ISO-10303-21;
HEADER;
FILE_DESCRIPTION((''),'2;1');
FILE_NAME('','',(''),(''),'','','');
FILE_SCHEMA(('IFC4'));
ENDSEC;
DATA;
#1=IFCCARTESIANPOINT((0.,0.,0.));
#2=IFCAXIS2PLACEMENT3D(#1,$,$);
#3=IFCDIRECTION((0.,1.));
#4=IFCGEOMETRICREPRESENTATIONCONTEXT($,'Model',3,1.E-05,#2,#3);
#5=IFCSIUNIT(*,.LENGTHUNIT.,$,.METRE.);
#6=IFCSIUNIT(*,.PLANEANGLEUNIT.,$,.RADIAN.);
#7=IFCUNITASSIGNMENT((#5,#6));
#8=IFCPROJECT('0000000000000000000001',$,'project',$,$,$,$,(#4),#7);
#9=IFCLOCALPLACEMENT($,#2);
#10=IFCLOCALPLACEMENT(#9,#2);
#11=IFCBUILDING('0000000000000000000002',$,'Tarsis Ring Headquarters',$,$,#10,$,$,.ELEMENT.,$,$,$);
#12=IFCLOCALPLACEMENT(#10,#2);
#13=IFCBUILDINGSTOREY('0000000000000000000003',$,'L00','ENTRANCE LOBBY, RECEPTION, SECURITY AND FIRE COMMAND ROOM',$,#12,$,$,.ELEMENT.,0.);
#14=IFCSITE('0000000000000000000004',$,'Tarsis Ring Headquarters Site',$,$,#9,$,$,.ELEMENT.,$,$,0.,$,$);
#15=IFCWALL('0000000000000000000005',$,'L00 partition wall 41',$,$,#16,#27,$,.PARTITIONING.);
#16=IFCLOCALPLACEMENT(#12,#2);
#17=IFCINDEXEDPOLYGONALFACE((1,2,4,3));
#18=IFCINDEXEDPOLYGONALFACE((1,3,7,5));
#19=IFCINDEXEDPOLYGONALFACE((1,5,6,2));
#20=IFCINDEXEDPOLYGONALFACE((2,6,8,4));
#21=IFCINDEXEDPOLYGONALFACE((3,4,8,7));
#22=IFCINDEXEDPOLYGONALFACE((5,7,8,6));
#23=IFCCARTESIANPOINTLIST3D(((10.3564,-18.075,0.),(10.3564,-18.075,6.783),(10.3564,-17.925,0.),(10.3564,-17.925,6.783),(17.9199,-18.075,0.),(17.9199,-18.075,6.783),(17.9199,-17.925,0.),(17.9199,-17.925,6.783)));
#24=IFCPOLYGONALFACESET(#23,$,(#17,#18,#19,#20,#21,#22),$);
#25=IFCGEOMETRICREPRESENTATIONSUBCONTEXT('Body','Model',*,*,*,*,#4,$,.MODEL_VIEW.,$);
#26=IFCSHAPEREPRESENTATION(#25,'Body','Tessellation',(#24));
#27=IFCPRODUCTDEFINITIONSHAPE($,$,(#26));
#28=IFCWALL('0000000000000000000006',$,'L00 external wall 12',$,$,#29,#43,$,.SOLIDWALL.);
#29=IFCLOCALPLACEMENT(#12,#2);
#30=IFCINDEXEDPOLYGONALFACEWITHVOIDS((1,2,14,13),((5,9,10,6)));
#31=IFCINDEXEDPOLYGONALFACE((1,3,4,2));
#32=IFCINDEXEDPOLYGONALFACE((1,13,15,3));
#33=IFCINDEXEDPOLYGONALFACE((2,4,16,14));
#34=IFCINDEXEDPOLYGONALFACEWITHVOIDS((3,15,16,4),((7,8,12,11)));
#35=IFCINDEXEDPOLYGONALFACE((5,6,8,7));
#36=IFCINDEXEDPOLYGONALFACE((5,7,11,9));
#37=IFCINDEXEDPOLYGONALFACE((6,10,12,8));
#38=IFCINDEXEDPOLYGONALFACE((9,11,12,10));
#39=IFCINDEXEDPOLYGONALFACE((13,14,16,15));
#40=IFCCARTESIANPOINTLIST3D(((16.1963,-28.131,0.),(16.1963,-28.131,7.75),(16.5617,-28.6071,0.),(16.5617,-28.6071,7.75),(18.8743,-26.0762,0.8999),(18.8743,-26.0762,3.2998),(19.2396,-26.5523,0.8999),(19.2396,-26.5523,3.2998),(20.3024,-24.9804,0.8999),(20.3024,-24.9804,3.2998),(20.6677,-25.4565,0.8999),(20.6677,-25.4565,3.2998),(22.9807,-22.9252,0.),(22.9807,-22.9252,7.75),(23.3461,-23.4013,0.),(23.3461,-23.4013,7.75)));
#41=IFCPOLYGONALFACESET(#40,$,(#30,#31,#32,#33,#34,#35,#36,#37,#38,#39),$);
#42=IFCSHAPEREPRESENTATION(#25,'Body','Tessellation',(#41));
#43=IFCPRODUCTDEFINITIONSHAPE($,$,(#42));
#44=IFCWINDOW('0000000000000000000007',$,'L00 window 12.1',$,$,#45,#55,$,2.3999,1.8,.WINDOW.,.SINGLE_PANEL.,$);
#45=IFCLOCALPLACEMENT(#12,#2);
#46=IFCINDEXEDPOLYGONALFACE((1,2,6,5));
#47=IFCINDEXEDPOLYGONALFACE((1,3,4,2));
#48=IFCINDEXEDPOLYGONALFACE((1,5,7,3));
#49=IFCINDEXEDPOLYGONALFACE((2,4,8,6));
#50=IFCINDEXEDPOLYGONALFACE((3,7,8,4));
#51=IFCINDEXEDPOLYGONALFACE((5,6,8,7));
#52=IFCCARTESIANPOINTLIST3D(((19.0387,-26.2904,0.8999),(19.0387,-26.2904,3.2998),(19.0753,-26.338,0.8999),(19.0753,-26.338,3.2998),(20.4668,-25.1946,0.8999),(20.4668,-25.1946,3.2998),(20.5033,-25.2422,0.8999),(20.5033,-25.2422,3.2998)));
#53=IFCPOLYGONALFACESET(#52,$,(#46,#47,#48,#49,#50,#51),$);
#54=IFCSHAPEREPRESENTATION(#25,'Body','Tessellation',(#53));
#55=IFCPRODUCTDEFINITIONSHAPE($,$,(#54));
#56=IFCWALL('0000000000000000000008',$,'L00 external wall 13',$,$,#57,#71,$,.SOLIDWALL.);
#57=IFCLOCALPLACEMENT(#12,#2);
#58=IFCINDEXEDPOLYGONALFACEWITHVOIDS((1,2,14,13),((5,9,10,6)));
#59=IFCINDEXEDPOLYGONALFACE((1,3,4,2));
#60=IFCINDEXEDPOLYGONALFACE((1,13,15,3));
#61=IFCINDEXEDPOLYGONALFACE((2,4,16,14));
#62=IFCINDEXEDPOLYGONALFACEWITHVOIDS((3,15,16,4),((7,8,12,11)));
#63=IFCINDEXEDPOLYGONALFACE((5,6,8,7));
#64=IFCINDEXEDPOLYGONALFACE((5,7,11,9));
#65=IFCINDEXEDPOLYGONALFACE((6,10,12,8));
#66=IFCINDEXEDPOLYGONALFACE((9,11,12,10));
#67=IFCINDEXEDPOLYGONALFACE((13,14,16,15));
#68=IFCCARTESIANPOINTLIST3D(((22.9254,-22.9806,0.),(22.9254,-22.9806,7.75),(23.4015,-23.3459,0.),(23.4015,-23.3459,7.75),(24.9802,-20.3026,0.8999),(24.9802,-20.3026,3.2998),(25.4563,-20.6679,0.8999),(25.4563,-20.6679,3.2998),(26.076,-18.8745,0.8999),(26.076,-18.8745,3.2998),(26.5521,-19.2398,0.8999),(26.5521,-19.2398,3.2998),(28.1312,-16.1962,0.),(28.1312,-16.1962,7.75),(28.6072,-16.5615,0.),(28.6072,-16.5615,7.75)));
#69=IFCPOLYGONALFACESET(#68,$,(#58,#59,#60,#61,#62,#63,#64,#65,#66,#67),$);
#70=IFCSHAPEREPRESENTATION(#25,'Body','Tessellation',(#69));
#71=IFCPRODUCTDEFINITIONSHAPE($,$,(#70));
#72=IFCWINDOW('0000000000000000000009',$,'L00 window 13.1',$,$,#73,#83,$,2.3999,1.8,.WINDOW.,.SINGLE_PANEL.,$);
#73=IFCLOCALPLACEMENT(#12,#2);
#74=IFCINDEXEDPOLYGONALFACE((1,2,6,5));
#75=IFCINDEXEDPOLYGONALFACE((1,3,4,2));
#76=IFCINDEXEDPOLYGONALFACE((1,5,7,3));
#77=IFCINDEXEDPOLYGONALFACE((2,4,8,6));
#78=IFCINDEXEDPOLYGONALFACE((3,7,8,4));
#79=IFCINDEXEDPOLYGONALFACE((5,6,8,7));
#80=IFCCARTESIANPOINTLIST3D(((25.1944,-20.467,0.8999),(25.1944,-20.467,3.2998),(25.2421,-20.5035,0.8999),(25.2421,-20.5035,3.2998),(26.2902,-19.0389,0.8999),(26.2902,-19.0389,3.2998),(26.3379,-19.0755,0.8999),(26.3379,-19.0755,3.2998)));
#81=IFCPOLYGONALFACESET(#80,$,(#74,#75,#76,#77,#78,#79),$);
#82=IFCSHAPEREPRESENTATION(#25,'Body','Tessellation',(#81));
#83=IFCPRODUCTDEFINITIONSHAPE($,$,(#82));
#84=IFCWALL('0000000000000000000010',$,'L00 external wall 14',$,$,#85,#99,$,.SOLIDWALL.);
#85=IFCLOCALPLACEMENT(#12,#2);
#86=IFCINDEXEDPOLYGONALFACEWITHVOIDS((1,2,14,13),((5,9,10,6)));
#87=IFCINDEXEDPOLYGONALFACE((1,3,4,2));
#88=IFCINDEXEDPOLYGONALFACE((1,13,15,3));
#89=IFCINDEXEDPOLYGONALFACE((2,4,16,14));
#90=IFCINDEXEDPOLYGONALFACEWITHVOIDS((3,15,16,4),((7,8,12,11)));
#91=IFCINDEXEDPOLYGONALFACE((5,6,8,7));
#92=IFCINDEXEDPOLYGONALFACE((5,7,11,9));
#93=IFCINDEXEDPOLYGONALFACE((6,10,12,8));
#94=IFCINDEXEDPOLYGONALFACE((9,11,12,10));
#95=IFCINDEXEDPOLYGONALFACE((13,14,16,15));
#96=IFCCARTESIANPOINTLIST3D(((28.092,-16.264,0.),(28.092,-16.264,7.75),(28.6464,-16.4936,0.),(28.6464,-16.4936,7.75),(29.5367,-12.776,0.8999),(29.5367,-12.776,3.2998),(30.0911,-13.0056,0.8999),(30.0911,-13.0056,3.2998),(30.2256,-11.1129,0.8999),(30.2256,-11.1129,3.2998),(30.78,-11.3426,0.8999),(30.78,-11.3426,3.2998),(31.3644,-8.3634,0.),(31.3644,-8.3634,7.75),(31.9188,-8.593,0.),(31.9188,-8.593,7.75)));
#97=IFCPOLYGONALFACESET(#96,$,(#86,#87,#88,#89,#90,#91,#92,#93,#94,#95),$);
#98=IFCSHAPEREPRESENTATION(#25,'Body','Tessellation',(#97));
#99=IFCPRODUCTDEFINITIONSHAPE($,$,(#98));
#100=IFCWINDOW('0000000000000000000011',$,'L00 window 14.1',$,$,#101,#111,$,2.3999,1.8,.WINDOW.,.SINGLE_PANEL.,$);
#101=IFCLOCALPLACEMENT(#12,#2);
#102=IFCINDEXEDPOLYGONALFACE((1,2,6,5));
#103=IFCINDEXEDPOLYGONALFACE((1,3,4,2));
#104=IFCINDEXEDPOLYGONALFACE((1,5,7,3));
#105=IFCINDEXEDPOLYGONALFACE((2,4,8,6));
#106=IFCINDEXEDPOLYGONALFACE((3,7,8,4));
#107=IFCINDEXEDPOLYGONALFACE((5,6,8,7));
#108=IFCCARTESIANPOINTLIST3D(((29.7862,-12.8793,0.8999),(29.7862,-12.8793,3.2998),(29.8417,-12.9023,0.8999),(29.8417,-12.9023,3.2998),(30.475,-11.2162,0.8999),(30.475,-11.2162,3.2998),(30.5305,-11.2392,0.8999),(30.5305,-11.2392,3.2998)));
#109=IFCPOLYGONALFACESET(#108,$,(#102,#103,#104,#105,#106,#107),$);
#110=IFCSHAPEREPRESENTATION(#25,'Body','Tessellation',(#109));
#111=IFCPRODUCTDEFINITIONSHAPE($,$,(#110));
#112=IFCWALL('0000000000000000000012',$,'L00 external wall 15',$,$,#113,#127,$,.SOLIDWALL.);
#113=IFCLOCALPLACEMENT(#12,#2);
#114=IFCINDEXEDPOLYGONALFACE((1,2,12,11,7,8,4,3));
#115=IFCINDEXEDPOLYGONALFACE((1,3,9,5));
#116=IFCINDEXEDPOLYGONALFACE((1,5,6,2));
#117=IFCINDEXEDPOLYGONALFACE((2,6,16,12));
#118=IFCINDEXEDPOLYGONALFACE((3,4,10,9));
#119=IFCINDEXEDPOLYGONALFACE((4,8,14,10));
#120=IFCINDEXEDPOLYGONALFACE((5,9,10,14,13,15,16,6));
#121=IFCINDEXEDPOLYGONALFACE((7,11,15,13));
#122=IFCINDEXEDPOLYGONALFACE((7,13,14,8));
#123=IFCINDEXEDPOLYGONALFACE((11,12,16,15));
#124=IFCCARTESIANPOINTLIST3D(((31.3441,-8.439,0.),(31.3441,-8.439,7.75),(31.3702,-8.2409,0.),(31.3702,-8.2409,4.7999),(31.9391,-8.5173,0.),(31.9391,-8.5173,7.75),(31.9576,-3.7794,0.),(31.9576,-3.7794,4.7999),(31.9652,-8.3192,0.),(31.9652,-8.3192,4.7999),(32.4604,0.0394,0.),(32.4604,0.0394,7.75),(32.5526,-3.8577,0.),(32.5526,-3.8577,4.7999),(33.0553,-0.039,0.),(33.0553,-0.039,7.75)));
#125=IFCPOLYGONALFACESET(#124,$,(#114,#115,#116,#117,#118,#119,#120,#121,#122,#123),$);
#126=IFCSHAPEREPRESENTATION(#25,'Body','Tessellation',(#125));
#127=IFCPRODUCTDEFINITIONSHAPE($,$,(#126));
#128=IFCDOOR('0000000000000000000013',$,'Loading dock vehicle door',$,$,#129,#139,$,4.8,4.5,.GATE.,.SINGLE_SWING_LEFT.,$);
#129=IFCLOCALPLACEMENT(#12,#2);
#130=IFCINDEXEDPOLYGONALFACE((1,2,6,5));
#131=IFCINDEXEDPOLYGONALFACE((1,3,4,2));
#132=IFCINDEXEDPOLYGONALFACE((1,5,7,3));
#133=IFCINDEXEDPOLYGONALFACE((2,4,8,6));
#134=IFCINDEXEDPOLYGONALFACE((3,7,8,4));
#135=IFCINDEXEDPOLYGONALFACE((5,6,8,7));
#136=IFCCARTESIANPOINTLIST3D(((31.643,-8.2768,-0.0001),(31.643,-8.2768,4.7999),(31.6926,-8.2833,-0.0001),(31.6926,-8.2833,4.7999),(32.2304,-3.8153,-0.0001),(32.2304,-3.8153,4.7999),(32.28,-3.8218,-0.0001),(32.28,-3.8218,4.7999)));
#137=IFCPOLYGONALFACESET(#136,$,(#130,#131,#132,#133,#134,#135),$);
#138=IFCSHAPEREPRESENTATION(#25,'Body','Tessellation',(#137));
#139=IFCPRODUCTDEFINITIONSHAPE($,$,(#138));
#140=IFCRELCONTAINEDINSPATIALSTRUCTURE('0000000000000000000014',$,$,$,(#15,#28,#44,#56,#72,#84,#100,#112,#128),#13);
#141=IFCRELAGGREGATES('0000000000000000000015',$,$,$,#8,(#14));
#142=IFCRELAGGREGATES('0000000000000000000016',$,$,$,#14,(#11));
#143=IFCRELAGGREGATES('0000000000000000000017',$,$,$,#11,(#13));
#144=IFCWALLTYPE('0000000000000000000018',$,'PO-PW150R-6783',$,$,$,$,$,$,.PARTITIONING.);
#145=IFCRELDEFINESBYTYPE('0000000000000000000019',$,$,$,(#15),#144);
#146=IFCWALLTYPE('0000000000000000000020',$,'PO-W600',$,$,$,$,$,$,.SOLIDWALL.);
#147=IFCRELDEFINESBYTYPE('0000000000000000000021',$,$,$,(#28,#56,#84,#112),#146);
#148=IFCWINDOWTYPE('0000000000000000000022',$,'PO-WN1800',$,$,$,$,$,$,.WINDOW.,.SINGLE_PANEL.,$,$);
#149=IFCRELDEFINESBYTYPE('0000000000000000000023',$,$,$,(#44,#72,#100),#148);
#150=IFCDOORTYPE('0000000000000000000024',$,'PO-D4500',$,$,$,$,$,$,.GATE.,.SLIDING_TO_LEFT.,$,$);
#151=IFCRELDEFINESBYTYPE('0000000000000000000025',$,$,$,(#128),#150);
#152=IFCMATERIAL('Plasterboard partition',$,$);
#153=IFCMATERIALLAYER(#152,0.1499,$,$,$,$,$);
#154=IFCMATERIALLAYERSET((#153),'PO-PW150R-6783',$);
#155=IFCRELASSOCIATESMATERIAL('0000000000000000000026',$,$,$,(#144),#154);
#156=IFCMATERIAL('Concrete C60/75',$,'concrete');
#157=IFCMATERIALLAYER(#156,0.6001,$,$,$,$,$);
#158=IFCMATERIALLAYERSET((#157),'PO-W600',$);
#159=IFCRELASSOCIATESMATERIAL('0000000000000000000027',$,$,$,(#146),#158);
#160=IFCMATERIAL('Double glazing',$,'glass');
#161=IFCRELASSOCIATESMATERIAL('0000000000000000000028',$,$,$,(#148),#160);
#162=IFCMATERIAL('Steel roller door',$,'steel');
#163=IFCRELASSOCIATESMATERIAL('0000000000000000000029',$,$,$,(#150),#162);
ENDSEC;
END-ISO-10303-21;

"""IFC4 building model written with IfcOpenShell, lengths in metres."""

from ifc_helpers import new_model, si_unit, direction, frame, frame_2d, origin, place, context, subcontext, project, spatial, rectangle, extrude, material, layer, layer_set, type_object, element, fill, save


model = new_model("IFC4")

# Units and contexts
model_context = context("Model", 3, precision=1e-05, world=origin(), true_north=direction((0.0, 1.0)))
body_context = subcontext(model_context, "Body", "Model", "MODEL_VIEW")
ifc_project = project(units=[si_unit("LENGTHUNIT", "METRE"), si_unit("PLANEANGLEUNIT", "RADIAN")], contexts=[model_context])

# Site, building, storey
site_placement = place(None, origin())
site = spatial("IfcSite", under=ifc_project, at=site_placement, Name="Tarsis Ring Headquarters Site", CompositionType="ELEMENT", RefElevation=0.0)
building_placement = place(site_placement, origin())
building = spatial("IfcBuilding", under=site, at=building_placement, Name="Tarsis Ring Headquarters", CompositionType="ELEMENT")
storey_placement = place(building_placement, origin())
storey = spatial("IfcBuildingStorey", under=building, at=storey_placement, Name="L00", Description="ENTRANCE LOBBY, RECEPTION, SECURITY AND FIRE COMMAND ROOM", CompositionType="ELEMENT", Elevation=0.0)

# Shared definitions
ifc_material_1 = material(Name="Concrete C60/75", Category="concrete")

# Wall
ifc_material_2 = material(Name="Plasterboard partition")
ifc_layer_1 = layer(ifc_material_2, 0.1499)
ifc_layer_set_1 = layer_set([ifc_layer_1], Name="PO-PW150R-6783")
wall_type_1 = type_object("IfcWallType", Name="PO-PW150R-6783", PredefinedType="PARTITIONING", material=ifc_layer_set_1)
wall_1_placement = place(storey_placement, frame((17.9199, -18.0, 0.0), z_axis=(0.0, 0.0, 1.0), x_axis=(-1.0, 0.0, 0.0)))
element("IfcWall", 1, at=wall_1_placement, inside=storey, type_object=wall_type_1, Name="L00 partition wall 41", PredefinedType="PARTITIONING", context=body_context, shape_type="SweptSolid", body=[
    extrude(rectangle(XDim=7.5635, YDim=0.1499, at=frame_2d((3.7817, 0.0))), origin(), (0.0, 0.0, 1.0), 6.783),
])

# Walls, openings, windows
ifc_layer_2 = layer(ifc_material_1, 0.6001)
ifc_layer_set_2 = layer_set([ifc_layer_2], Name="PO-W600")
wall_type_2 = type_object("IfcWallType", Name="PO-W600", PredefinedType="SOLIDWALL", material=ifc_layer_set_2)
wall_2_placement = place(storey_placement, frame((16.3789, -28.3691, 0.0), z_axis=(0.0, 0.0, 1.0), x_axis=(0.793357, 0.608757, 0.0)))
wall_2 = element("IfcWall", 2, at=wall_2_placement, inside=storey, type_object=wall_type_2, Name="L00 external wall 12", PredefinedType="SOLIDWALL", context=body_context, shape_type="SweptSolid", body=[
    extrude(rectangle(XDim=8.5515, YDim=0.6001, at=frame_2d((4.2759, 0.0))), origin(), (0.0, 0.0, 1.0), 7.75),
])
opening_1_placement = place(wall_2_placement, frame((3.3757, 0.0, 0.8999)))
opening_1 = element("IfcOpeningElement", 3, at=opening_1_placement, cuts=wall_2, PredefinedType="OPENING", context=body_context, shape_type="SweptSolid", body=[
    extrude(rectangle(XDim=1.8, YDim=2.3999, at=frame_2d((0.8999, 1.2))), frame((0.0, 0.3101, 0.0), z_axis=(0.0, -1.0, 0.0), x_axis=(1.0, 0.0, 0.0)), (0.0, 0.0, 1.0), 0.6201),
])
ifc_material_3 = material(Name="Double glazing", Category="glass")
window_type = type_object("IfcWindowType", Name="PO-WN1800", PartitioningType="SINGLE_PANEL", PredefinedType="WINDOW", material=ifc_material_3)
window_1_placement = place(opening_1_placement, origin())
window_1 = element("IfcWindow", 4, at=window_1_placement, inside=storey, type_object=window_type, Name="L00 window 12.1", OverallHeight=2.3999, OverallWidth=1.8, PartitioningType="SINGLE_PANEL", PredefinedType="WINDOW", context=body_context, shape_type="SweptSolid", body=[
    extrude(rectangle(XDim=1.8, YDim=2.3999, at=frame_2d((0.8999, 1.2))), frame((0.0, 0.03, 0.0), z_axis=(0.0, -1.0, 0.0), x_axis=(1.0, 0.0, 0.0)), (0.0, 0.0, 1.0), 0.0601),
])
fill(opening_1, window_1)
wall_3_placement = place(storey_placement, frame((23.1633, -23.1633, 0.0), z_axis=(0.0, 0.0, 1.0), x_axis=(0.608757, 0.793357, 0.0)))
wall_3 = element("IfcWall", 5, at=wall_3_placement, inside=storey, type_object=wall_type_2, Name="L00 external wall 13", PredefinedType="SOLIDWALL", context=body_context, shape_type="SweptSolid", body=[
    extrude(rectangle(XDim=8.5515, YDim=0.6001, at=frame_2d((4.2759, 0.0))), origin(), (0.0, 0.0, 1.0), 7.75),
])
opening_2_placement = place(wall_3_placement, frame((3.3757, 0.0, 0.8999)))
opening_2 = element("IfcOpeningElement", 6, at=opening_2_placement, cuts=wall_3, PredefinedType="OPENING", context=body_context, shape_type="SweptSolid", body=[
    extrude(rectangle(XDim=1.8, YDim=2.3999, at=frame_2d((0.8999, 1.2))), frame((0.0, 0.3101, 0.0), z_axis=(0.0, -1.0, 0.0), x_axis=(1.0, 0.0, 0.0)), (0.0, 0.0, 1.0), 0.6201),
])
window_2_placement = place(opening_2_placement, origin())
window_2 = element("IfcWindow", 7, at=window_2_placement, inside=storey, type_object=window_type, Name="L00 window 13.1", OverallHeight=2.3999, OverallWidth=1.8, PartitioningType="SINGLE_PANEL", PredefinedType="WINDOW", context=body_context, shape_type="SweptSolid", body=[
    extrude(rectangle(XDim=1.8, YDim=2.3999, at=frame_2d((0.8999, 1.2))), frame((0.0, 0.03, 0.0), z_axis=(0.0, -1.0, 0.0), x_axis=(1.0, 0.0, 0.0)), (0.0, 0.0, 1.0), 0.0601),
])
fill(opening_2, window_2)
wall_4_placement = place(storey_placement, frame((28.3691, -16.3789, 0.0), z_axis=(0.0, 0.0, 1.0), x_axis=(0.382675, 0.923883, 0.0)))
wall_4 = element("IfcWall", 8, at=wall_4_placement, inside=storey, type_object=wall_type_2, Name="L00 external wall 14", PredefinedType="SOLIDWALL", context=body_context, shape_type="SweptSolid", body=[
    extrude(rectangle(XDim=8.5515, YDim=0.6001, at=frame_2d((4.2759, 0.0))), origin(), (0.0, 0.0, 1.0), 7.75),
])
opening_3_placement = place(wall_4_placement, frame((3.7756, 0.0, 0.8999)))
opening_3 = element("IfcOpeningElement", 9, at=opening_3_placement, cuts=wall_4, PredefinedType="OPENING", context=body_context, shape_type="SweptSolid", body=[
    extrude(rectangle(XDim=1.8, YDim=2.3999, at=frame_2d((0.8999, 1.2))), frame((0.0, 0.3101, 0.0), z_axis=(0.0, -1.0, 0.0), x_axis=(1.0, 0.0, 0.0)), (0.0, 0.0, 1.0), 0.6201),
])
window_3_placement = place(opening_3_placement, origin())
window_3 = element("IfcWindow", 10, at=window_3_placement, inside=storey, type_object=window_type, Name="L00 window 14.1", OverallHeight=2.3999, OverallWidth=1.8, PartitioningType="SINGLE_PANEL", PredefinedType="WINDOW", context=body_context, shape_type="SweptSolid", body=[
    extrude(rectangle(XDim=1.8, YDim=2.3999, at=frame_2d((0.8999, 1.2))), frame((0.0, 0.03, 0.0), z_axis=(0.0, -1.0, 0.0), x_axis=(1.0, 0.0, 0.0)), (0.0, 0.0, 1.0), 0.0601),
])
fill(opening_3, window_3)

# Wall, opening, door
wall_5_placement = place(storey_placement, frame((31.6416, -8.4783, 0.0), z_axis=(0.0, 0.0, 1.0), x_axis=(0.130529, 0.991444, 0.0)))
wall_5 = element("IfcWall", 11, at=wall_5_placement, inside=storey, type_object=wall_type_2, Name="L00 external wall 15", PredefinedType="SOLIDWALL", context=body_context, shape_type="SweptSolid", body=[
    extrude(rectangle(XDim=8.5515, YDim=0.6001, at=frame_2d((4.2759, 0.0))), origin(), (0.0, 0.0, 1.0), 7.75),
])
opening_4_placement = place(wall_5_placement, frame((0.2, 0.0, 0.0)))
opening_4 = element("IfcOpeningElement", 12, at=opening_4_placement, cuts=wall_5, PredefinedType="OPENING", context=body_context, shape_type="SweptSolid", body=[
    extrude(rectangle(XDim=4.5, YDim=4.8, at=frame_2d((2.25, 2.3999))), frame((0.0, 0.3101, 0.0), z_axis=(0.0, -1.0, 0.0), x_axis=(1.0, 0.0, 0.0)), (0.0, 0.0, 1.0), 0.6201),
])
ifc_material_4 = material(Name="Steel roller door", Category="steel")
door_type = type_object("IfcDoorType", Name="PO-D4500", OperationType="SLIDING_TO_LEFT", PredefinedType="GATE", material=ifc_material_4)
door_placement = place(opening_4_placement, origin())
door = element("IfcDoor", 13, at=door_placement, inside=storey, type_object=door_type, Name="Loading dock vehicle door", OperationType="SINGLE_SWING_LEFT", OverallHeight=4.8, OverallWidth=4.5, PredefinedType="GATE", context=body_context, shape_type="SweptSolid", body=[
    extrude(rectangle(XDim=4.5, YDim=4.8, at=frame_2d((2.25, 2.3999))), frame((0.0, 0.0249, 0.0), z_axis=(0.0, -1.0, 0.0), x_axis=(1.0, 0.0, 0.0)), (0.0, 0.0, 1.0), 0.05),
])
fill(opening_4, door)

save(model, "model.ifc")
